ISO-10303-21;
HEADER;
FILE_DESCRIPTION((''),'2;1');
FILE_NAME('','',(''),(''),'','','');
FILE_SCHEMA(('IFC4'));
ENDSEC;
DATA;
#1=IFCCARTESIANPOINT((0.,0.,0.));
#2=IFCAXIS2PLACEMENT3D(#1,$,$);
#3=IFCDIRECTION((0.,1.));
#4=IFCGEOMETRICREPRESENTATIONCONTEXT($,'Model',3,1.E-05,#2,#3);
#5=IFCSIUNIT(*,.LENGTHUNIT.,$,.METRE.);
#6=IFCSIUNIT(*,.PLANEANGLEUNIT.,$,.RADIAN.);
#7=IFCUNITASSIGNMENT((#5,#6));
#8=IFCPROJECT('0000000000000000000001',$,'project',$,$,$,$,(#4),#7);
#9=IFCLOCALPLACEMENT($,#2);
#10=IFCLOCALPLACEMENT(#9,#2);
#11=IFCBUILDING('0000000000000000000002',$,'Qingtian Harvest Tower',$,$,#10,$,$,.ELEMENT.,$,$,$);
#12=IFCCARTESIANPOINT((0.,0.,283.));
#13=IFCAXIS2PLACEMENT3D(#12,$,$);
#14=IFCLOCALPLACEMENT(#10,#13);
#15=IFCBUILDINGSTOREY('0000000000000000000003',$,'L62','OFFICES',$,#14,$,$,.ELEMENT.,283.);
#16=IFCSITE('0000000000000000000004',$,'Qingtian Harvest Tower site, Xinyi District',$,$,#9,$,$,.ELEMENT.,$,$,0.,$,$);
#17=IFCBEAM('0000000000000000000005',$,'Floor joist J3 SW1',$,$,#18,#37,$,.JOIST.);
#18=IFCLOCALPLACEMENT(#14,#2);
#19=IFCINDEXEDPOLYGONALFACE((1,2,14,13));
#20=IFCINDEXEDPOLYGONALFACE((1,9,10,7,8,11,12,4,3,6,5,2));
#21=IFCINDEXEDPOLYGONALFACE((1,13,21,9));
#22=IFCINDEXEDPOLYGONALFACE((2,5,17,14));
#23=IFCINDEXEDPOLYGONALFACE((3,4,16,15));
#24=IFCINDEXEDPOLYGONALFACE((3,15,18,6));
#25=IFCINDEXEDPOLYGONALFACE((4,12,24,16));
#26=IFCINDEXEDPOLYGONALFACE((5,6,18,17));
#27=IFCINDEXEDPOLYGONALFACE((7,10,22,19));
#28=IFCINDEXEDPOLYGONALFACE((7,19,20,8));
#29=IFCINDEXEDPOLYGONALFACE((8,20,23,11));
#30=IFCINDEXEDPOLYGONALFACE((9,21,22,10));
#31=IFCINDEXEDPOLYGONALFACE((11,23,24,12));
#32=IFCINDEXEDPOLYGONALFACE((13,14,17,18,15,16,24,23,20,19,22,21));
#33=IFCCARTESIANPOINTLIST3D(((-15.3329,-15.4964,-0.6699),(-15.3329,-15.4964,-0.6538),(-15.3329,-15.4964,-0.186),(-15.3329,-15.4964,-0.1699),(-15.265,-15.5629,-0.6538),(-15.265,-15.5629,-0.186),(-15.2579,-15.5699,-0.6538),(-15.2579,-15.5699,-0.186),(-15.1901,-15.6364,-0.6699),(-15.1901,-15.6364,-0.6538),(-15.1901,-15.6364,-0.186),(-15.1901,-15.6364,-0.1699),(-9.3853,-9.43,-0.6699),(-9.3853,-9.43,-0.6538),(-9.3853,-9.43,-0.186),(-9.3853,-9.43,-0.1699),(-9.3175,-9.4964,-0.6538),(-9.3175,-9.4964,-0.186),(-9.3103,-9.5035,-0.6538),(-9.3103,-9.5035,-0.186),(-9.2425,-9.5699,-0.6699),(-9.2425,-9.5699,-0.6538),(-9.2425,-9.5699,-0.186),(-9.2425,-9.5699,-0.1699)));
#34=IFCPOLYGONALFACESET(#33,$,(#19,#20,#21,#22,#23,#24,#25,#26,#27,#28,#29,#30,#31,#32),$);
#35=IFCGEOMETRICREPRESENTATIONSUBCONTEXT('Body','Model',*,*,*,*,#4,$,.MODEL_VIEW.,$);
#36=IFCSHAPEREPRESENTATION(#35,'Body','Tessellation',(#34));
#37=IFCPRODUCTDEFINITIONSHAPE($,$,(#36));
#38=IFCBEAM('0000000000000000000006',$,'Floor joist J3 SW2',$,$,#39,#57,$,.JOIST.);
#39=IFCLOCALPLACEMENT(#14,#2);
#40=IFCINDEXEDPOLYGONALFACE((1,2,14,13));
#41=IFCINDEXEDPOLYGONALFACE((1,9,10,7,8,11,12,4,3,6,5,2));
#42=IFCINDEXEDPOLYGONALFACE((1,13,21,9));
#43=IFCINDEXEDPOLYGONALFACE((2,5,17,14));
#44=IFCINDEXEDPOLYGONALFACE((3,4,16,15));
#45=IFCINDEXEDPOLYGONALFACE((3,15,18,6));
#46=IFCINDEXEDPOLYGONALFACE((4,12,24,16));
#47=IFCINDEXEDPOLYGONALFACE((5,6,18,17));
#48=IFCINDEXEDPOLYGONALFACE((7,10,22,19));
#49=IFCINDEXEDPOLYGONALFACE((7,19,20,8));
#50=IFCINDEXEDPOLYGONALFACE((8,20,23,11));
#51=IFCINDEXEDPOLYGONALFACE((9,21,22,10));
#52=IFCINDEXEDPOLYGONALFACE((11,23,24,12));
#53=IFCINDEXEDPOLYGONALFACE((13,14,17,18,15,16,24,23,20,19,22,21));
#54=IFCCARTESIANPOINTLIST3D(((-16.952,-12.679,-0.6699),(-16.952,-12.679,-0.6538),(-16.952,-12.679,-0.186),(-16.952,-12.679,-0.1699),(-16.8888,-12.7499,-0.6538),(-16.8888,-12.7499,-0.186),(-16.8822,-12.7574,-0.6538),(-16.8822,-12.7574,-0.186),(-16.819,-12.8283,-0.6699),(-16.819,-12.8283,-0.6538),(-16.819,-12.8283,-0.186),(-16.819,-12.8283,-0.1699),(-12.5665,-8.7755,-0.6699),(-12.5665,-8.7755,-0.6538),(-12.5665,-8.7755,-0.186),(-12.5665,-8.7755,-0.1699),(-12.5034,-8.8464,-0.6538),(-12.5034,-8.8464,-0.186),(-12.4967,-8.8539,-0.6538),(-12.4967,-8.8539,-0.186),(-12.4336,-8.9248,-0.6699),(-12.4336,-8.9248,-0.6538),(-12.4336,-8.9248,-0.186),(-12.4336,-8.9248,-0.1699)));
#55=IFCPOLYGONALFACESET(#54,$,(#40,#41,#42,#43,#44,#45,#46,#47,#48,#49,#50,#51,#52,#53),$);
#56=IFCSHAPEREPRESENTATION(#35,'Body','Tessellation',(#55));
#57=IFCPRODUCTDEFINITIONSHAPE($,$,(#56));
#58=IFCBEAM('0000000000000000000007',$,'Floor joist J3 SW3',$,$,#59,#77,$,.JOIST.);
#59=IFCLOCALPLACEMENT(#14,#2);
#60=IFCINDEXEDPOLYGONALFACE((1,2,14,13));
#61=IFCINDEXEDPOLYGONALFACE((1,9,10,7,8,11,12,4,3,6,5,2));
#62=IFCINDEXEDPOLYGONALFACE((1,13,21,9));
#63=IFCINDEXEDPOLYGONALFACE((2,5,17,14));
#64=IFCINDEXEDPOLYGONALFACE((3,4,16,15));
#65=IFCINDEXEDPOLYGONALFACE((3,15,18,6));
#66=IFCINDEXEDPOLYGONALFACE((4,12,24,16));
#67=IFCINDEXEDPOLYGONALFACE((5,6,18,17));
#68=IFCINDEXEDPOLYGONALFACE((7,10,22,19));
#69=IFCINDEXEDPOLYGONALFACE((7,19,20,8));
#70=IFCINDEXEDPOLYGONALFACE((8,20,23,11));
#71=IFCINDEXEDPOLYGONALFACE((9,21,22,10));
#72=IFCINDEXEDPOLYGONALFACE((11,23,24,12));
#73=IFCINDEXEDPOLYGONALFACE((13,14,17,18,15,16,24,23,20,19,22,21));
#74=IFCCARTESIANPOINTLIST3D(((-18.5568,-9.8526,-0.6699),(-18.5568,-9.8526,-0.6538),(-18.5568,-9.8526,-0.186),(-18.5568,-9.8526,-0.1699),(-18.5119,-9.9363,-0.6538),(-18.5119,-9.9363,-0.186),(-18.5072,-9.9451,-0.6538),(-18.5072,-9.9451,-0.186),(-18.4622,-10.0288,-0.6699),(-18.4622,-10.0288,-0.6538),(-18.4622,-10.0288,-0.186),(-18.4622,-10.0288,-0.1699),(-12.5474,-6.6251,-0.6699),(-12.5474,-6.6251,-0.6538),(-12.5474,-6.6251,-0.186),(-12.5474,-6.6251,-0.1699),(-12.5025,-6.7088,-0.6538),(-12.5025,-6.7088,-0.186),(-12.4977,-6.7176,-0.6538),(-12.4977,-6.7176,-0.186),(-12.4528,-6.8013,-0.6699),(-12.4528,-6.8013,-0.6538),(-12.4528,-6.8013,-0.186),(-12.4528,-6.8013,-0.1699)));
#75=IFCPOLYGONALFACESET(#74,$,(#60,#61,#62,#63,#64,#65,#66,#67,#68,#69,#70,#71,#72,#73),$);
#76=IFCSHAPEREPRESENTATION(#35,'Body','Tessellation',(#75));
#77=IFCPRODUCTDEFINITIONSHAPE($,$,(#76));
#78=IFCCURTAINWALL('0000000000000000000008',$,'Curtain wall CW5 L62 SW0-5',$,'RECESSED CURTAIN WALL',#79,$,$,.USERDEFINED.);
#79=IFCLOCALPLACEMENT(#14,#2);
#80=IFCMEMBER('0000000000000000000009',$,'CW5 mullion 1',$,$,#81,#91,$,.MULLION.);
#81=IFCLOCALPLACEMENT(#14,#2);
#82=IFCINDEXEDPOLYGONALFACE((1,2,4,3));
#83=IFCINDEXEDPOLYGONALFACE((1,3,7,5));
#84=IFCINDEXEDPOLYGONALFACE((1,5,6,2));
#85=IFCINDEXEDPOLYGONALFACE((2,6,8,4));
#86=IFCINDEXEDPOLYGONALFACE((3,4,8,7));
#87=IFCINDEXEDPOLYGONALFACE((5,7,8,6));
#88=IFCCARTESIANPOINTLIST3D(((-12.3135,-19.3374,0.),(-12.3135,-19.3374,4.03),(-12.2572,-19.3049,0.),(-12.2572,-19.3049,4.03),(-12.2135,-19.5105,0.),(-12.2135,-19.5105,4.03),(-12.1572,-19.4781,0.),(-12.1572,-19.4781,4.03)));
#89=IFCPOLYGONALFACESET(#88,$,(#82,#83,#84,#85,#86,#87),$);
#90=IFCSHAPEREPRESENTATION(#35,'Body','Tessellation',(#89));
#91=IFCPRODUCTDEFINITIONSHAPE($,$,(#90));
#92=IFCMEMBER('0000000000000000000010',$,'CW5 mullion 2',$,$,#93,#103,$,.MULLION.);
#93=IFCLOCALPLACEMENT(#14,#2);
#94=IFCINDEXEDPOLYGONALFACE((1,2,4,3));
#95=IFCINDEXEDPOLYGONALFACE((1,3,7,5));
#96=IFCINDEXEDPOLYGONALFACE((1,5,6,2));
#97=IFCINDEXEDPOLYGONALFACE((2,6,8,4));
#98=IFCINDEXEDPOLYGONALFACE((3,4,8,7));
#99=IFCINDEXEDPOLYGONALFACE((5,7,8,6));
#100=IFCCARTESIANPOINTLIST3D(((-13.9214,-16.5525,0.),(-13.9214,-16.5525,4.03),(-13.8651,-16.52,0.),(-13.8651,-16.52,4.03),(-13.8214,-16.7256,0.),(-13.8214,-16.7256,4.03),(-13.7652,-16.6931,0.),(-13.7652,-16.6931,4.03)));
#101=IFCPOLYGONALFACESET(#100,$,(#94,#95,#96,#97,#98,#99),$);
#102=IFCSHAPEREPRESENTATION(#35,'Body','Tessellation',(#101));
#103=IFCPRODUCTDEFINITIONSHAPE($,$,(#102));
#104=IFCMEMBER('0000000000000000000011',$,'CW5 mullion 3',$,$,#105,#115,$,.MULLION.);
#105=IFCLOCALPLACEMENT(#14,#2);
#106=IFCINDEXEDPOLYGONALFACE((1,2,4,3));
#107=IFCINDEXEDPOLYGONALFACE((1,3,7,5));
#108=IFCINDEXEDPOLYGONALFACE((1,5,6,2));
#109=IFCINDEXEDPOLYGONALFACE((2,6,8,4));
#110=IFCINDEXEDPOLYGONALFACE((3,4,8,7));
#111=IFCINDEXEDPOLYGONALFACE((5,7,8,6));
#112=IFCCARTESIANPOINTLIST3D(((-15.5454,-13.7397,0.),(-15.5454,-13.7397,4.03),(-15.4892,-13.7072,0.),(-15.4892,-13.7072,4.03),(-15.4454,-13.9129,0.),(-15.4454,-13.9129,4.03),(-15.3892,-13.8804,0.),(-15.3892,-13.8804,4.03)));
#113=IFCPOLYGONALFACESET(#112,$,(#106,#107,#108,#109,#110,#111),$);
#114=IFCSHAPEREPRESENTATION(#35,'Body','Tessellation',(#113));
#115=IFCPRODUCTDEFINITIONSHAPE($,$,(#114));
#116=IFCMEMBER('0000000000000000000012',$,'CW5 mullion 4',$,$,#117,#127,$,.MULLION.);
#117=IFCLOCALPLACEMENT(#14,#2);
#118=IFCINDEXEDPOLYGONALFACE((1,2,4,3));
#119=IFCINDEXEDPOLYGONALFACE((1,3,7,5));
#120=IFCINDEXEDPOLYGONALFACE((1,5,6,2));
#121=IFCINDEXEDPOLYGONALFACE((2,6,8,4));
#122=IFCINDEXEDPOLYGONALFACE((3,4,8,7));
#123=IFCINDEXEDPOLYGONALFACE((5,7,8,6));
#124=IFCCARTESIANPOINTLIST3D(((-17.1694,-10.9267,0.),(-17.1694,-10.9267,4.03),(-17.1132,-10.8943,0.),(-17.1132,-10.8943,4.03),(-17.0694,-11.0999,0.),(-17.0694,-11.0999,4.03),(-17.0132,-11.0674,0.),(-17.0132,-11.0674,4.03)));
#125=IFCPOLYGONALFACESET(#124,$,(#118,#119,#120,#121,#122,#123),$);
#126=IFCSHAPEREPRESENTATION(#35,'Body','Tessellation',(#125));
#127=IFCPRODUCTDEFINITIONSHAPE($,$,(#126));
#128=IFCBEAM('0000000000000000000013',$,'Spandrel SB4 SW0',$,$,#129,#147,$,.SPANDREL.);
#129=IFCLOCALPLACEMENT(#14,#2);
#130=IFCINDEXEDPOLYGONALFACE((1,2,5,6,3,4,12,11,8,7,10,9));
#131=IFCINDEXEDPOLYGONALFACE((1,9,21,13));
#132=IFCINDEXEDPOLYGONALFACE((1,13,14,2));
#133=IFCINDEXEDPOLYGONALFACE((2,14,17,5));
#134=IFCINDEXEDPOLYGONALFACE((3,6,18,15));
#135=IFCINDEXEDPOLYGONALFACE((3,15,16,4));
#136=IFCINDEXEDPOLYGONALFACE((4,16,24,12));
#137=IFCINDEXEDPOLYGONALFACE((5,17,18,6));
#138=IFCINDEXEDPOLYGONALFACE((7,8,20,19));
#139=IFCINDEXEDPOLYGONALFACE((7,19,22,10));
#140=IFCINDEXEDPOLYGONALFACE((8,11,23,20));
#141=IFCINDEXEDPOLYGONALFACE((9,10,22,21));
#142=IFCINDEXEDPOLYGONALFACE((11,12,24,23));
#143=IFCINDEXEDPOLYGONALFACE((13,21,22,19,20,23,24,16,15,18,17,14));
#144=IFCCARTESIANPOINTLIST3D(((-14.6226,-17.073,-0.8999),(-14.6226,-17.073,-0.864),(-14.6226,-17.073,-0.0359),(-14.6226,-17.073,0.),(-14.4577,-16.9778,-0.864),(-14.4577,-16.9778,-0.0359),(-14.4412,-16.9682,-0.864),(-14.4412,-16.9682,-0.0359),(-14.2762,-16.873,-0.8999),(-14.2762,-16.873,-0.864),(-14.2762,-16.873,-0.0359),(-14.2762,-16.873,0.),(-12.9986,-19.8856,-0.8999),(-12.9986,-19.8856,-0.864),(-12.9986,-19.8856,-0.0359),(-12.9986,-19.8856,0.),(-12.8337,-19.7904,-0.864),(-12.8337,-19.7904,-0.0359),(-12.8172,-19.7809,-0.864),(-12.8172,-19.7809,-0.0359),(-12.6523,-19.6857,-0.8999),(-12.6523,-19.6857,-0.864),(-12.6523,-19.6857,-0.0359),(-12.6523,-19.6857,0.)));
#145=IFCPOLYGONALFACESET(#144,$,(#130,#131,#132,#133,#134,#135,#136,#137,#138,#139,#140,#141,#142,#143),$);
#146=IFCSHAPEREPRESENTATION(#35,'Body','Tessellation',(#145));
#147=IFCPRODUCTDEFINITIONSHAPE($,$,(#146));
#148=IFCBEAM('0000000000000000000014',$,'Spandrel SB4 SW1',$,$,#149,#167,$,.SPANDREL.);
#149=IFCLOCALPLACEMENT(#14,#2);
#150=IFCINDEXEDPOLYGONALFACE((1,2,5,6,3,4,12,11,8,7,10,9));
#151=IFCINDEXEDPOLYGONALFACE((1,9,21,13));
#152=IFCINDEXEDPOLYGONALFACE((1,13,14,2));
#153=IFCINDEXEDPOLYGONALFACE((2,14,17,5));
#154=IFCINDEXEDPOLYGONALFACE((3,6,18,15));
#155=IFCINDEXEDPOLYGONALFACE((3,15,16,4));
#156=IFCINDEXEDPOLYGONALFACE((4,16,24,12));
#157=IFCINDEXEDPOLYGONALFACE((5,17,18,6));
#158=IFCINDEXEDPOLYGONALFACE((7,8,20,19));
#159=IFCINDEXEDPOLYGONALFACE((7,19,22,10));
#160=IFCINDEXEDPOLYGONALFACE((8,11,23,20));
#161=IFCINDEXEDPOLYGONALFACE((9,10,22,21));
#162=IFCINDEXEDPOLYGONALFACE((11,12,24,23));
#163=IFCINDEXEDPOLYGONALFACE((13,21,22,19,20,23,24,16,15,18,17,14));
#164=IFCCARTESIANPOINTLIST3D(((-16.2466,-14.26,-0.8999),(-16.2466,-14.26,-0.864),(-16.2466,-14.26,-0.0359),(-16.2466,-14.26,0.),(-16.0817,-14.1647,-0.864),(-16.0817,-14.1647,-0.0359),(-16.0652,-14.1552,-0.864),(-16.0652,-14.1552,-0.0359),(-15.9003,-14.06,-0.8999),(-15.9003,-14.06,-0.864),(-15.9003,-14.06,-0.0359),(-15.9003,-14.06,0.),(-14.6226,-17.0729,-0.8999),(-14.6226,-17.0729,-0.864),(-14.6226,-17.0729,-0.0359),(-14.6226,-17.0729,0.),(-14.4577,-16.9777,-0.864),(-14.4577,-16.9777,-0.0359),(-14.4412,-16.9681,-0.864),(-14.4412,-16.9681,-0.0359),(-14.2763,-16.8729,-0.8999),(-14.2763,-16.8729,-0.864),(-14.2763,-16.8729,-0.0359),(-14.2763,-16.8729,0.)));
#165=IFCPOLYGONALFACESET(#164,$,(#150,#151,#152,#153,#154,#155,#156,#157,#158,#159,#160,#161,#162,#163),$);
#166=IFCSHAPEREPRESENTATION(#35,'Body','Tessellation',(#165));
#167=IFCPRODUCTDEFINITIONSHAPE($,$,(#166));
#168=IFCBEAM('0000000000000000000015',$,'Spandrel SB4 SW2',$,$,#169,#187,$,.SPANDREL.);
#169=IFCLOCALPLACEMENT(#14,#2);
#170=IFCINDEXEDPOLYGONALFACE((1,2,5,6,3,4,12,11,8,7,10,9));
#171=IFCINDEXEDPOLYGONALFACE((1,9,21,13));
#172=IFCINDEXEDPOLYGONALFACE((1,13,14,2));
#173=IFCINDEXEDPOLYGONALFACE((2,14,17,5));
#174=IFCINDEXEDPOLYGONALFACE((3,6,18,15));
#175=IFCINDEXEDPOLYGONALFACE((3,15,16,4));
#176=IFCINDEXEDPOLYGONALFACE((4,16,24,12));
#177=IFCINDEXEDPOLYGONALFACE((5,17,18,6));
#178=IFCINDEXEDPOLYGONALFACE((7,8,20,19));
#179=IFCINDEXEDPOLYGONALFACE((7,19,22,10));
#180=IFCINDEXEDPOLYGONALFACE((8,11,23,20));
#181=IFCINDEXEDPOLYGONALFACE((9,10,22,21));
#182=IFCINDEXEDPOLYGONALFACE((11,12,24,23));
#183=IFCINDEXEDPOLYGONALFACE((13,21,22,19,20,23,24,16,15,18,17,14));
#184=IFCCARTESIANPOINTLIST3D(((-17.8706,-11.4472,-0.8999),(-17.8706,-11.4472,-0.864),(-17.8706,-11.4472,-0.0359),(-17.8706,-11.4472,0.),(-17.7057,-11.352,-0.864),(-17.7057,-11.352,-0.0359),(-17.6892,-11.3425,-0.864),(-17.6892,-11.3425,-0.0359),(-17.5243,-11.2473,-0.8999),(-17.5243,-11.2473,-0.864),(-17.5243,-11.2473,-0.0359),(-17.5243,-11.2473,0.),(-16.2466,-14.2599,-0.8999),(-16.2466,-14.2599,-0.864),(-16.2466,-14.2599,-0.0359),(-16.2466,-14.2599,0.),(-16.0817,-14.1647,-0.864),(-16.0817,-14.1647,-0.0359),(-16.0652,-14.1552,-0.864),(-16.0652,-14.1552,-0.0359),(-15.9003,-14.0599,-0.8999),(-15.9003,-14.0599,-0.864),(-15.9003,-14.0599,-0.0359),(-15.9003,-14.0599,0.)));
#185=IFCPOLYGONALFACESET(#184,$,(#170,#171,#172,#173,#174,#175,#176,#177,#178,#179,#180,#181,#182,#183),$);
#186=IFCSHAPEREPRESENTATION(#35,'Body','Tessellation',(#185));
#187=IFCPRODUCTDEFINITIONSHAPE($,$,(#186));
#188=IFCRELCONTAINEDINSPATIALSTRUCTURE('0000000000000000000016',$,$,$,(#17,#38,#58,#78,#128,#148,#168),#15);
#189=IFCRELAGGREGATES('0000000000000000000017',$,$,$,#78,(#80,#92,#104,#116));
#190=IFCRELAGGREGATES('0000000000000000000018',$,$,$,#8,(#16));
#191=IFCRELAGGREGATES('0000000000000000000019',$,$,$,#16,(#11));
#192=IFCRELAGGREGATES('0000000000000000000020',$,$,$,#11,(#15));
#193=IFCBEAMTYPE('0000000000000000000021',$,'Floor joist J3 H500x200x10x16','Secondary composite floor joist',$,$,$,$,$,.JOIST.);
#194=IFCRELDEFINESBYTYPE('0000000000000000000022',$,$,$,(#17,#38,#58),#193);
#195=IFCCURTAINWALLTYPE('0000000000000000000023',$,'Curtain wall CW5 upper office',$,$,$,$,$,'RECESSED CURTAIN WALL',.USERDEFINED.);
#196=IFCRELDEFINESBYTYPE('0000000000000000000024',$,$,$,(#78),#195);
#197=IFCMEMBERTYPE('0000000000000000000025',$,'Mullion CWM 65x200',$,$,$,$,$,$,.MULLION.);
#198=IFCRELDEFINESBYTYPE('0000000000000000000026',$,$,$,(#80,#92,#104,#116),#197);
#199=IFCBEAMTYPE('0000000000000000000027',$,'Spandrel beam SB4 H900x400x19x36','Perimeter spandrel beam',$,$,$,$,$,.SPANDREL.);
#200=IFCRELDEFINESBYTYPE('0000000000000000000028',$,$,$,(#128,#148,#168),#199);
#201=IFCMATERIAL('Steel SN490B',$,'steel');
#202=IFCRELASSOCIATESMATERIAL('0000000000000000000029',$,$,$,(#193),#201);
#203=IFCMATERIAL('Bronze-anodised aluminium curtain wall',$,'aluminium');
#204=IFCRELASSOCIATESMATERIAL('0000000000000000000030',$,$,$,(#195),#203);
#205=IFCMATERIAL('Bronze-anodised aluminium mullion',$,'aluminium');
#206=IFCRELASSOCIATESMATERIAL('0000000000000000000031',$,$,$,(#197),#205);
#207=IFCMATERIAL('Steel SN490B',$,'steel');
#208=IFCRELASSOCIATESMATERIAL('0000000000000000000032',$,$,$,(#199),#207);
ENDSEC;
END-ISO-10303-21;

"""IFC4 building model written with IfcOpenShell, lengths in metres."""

from ifc_helpers import new_model, si_unit, direction, frame, origin, origin_2d, place, context, subcontext, project, spatial, rectangle, i_section, extrude, material, material_profile, profile_set, type_object, element, aggregate, save


model = new_model("IFC4")

# Units and contexts
model_context = context("Model", 3, precision=1e-05, world=origin(), true_north=direction((0.0, 1.0)))
body_context = subcontext(model_context, "Body", "Model", "MODEL_VIEW")
ifc_project = project(units=[si_unit("LENGTHUNIT", "METRE"), si_unit("PLANEANGLEUNIT", "RADIAN")], contexts=[model_context])

# Site, building, storey
site_placement = place(None, origin())
site = spatial("IfcSite", under=ifc_project, at=site_placement, Name="Qingtian Harvest Tower site, Xinyi District", CompositionType="ELEMENT", RefElevation=0.0)
building_placement = place(site_placement, origin())
building = spatial("IfcBuilding", under=site, at=building_placement, Name="Qingtian Harvest Tower", CompositionType="ELEMENT")
storey_placement = place(building_placement, frame((0.0, 0.0, 283.0)))
storey = spatial("IfcBuildingStorey", under=building, at=storey_placement, Name="L62", Description="OFFICES", CompositionType="ELEMENT", Elevation=283.0)

# Beams
ifc_material_1 = material(Name="Steel SN490B", Category="steel")
ifc_material_profile_1 = material_profile(ifc_material_1, i_section(OverallWidth=0.2, OverallDepth=0.5, WebThickness=0.01, FlangeThickness=0.0161, at=origin_2d()), Name="H500x200x10x16")
ifc_profile_set_1 = profile_set([ifc_material_profile_1], Name="Steel SN490B")
beam_type_1 = type_object("IfcBeamType", Name="Floor joist J3 H500x200x10x16", Description="Secondary composite floor joist", PredefinedType="JOIST", material=ifc_profile_set_1)
beam_1_placement = place(storey_placement, frame((-15.2615, -15.5664, -0.4199), z_axis=(0.700075, 0.71407, 0.0), x_axis=(-0.71407, 0.700075, 0.0)))
element("IfcBeam", 1, at=beam_1_placement, inside=storey, type_object=beam_type_1, Name="Floor joist J3 SW1", PredefinedType="JOIST", context=body_context, shape_type="SweptSolid", body=[
    extrude(i_section(OverallWidth=0.2, OverallDepth=0.5, WebThickness=0.01, FlangeThickness=0.0161, at=origin_2d()), origin(), (0.0, 0.0, 1.0), 8.4956),
])
beam_2_placement = place(storey_placement, frame((-16.8855, -12.7537, -0.4199), z_axis=(0.746957, 0.664872, 0.0), x_axis=(-0.664872, 0.746957, 0.0)))
element("IfcBeam", 2, at=beam_2_placement, inside=storey, type_object=beam_type_1, Name="Floor joist J3 SW2", PredefinedType="JOIST", context=body_context, shape_type="SweptSolid", body=[
    extrude(i_section(OverallWidth=0.2, OverallDepth=0.5, WebThickness=0.01, FlangeThickness=0.0161, at=origin_2d()), origin(), (0.0, 0.0, 1.0), 5.8711),
])
beam_3_placement = place(storey_placement, frame((-18.5095, -9.9407, -0.4199), z_axis=(0.880982, 0.47315, 0.0), x_axis=(-0.47315, 0.880982, 0.0)))
element("IfcBeam", 3, at=beam_3_placement, inside=storey, type_object=beam_type_1, Name="Floor joist J3 SW3", PredefinedType="JOIST", context=body_context, shape_type="SweptSolid", body=[
    extrude(i_section(OverallWidth=0.2, OverallDepth=0.5, WebThickness=0.01, FlangeThickness=0.0161, at=origin_2d()), origin(), (0.0, 0.0, 1.0), 6.8213),
])

# Curtain wall, members
ifc_material_2 = material(Name="Bronze-anodised aluminium curtain wall", Category="aluminium")
curtain_wall_type = type_object("IfcCurtainWallType", Name="Curtain wall CW5 upper office", ElementType="RECESSED CURTAIN WALL", PredefinedType="USERDEFINED", material=ifc_material_2)
curtain_wall_placement = place(storey_placement, origin())
curtain_wall = element("IfcCurtainWall", 4, at=curtain_wall_placement, inside=storey, type_object=curtain_wall_type, Name="Curtain wall CW5 L62 SW0-5", ObjectType="RECESSED CURTAIN WALL", PredefinedType="USERDEFINED")
ifc_material_3 = material(Name="Bronze-anodised aluminium mullion", Category="aluminium")
ifc_material_profile_2 = material_profile(ifc_material_3, rectangle(XDim=0.0649, YDim=0.2, at=origin_2d()), Name="AL 65x200")
ifc_profile_set_2 = profile_set([ifc_material_profile_2], Name="Bronze-anodised aluminium mullion")
member_type_1 = type_object("IfcMemberType", Name="Mullion CWM 65x200", PredefinedType="MULLION", material=ifc_profile_set_2)
member_1_placement = place(storey_placement, frame((-12.2354, -19.4077, 0.0), z_axis=(0.0, 0.0, 1.0), x_axis=(-0.866025, -0.5, 0.0)))
member_1 = element("IfcMember", 5, at=member_1_placement, type_object=member_type_1, Name="CW5 mullion 1", PredefinedType="MULLION", context=body_context, shape_type="SweptSolid", body=[
    extrude(rectangle(XDim=0.0649, YDim=0.2, at=origin_2d()), origin(), (0.0, 0.0, 1.0), 4.03),
])
member_2_placement = place(storey_placement, frame((-13.8433, -16.6228, 0.0), z_axis=(0.0, 0.0, 1.0), x_axis=(-0.866025, -0.5, 0.0)))
member_2 = element("IfcMember", 6, at=member_2_placement, type_object=member_type_1, Name="CW5 mullion 2", PredefinedType="MULLION", context=body_context, shape_type="SweptSolid", body=[
    extrude(rectangle(XDim=0.0649, YDim=0.2, at=origin_2d()), origin(), (0.0, 0.0, 1.0), 4.03),
])
member_3_placement = place(storey_placement, frame((-15.4673, -13.8101, 0.0), z_axis=(0.0, 0.0, 1.0), x_axis=(-0.866025, -0.5, 0.0)))
member_3 = element("IfcMember", 7, at=member_3_placement, type_object=member_type_1, Name="CW5 mullion 3", PredefinedType="MULLION", context=body_context, shape_type="SweptSolid", body=[
    extrude(rectangle(XDim=0.0649, YDim=0.2, at=origin_2d()), origin(), (0.0, 0.0, 1.0), 4.03),
])
member_4_placement = place(storey_placement, frame((-17.0913, -10.9971, 0.0), z_axis=(0.0, 0.0, 1.0), x_axis=(-0.866025, -0.5, 0.0)))
member_4 = element("IfcMember", 8, at=member_4_placement, type_object=member_type_1, Name="CW5 mullion 4", PredefinedType="MULLION", context=body_context, shape_type="SweptSolid", body=[
    extrude(rectangle(XDim=0.0649, YDim=0.2, at=origin_2d()), origin(), (0.0, 0.0, 1.0), 4.03),
])

# Beams
ifc_material_4 = material(Name="Steel SN490B", Category="steel")
ifc_material_profile_3 = material_profile(ifc_material_4, i_section(OverallWidth=0.3999, OverallDepth=0.8999, WebThickness=0.019, FlangeThickness=0.0359, at=origin_2d()), Name="H900x400x19x36")
ifc_profile_set_3 = profile_set([ifc_material_profile_3], Name="Steel SN490B")
beam_type_2 = type_object("IfcBeamType", Name="Spandrel beam SB4 H900x400x19x36", Description="Perimeter spandrel beam", PredefinedType="SPANDREL", material=ifc_profile_set_3)
beam_4_placement = place(storey_placement, frame((-12.8254, -19.7856, -0.45), z_axis=(-0.50002, 0.866014, 0.0), x_axis=(-0.866014, -0.50002, 0.0)))
element("IfcBeam", 9, at=beam_4_placement, inside=storey, type_object=beam_type_2, Name="Spandrel SB4 SW0", PredefinedType="SPANDREL", context=body_context, shape_type="SweptSolid", body=[
    extrude(i_section(OverallWidth=0.3999, OverallDepth=0.8999, WebThickness=0.019, FlangeThickness=0.0359, at=origin_2d()), origin(), (0.0, 0.0, 1.0), 3.2478),
])
beam_5_placement = place(storey_placement, frame((-14.4495, -16.9729, -0.45), z_axis=(-0.499987, 0.866033, 0.0), x_axis=(-0.866033, -0.499987, 0.0)))
element("IfcBeam", 10, at=beam_5_placement, inside=storey, type_object=beam_type_2, Name="Spandrel SB4 SW1", PredefinedType="SPANDREL", context=body_context, shape_type="SweptSolid", body=[
    extrude(i_section(OverallWidth=0.3999, OverallDepth=0.8999, WebThickness=0.019, FlangeThickness=0.0359, at=origin_2d()), origin(), (0.0, 0.0, 1.0), 3.248),
])
beam_6_placement = place(storey_placement, frame((-16.0735, -14.1599, -0.45), z_axis=(-0.50002, 0.866014, 0.0), x_axis=(-0.866014, -0.50002, 0.0)))
element("IfcBeam", 11, at=beam_6_placement, inside=storey, type_object=beam_type_2, Name="Spandrel SB4 SW2", PredefinedType="SPANDREL", context=body_context, shape_type="SweptSolid", body=[
    extrude(i_section(OverallWidth=0.3999, OverallDepth=0.8999, WebThickness=0.019, FlangeThickness=0.0359, at=origin_2d()), origin(), (0.0, 0.0, 1.0), 3.2478),
])

aggregate(curtain_wall, [member_1, member_2, member_3, member_4])

save(model, "model.ifc")
